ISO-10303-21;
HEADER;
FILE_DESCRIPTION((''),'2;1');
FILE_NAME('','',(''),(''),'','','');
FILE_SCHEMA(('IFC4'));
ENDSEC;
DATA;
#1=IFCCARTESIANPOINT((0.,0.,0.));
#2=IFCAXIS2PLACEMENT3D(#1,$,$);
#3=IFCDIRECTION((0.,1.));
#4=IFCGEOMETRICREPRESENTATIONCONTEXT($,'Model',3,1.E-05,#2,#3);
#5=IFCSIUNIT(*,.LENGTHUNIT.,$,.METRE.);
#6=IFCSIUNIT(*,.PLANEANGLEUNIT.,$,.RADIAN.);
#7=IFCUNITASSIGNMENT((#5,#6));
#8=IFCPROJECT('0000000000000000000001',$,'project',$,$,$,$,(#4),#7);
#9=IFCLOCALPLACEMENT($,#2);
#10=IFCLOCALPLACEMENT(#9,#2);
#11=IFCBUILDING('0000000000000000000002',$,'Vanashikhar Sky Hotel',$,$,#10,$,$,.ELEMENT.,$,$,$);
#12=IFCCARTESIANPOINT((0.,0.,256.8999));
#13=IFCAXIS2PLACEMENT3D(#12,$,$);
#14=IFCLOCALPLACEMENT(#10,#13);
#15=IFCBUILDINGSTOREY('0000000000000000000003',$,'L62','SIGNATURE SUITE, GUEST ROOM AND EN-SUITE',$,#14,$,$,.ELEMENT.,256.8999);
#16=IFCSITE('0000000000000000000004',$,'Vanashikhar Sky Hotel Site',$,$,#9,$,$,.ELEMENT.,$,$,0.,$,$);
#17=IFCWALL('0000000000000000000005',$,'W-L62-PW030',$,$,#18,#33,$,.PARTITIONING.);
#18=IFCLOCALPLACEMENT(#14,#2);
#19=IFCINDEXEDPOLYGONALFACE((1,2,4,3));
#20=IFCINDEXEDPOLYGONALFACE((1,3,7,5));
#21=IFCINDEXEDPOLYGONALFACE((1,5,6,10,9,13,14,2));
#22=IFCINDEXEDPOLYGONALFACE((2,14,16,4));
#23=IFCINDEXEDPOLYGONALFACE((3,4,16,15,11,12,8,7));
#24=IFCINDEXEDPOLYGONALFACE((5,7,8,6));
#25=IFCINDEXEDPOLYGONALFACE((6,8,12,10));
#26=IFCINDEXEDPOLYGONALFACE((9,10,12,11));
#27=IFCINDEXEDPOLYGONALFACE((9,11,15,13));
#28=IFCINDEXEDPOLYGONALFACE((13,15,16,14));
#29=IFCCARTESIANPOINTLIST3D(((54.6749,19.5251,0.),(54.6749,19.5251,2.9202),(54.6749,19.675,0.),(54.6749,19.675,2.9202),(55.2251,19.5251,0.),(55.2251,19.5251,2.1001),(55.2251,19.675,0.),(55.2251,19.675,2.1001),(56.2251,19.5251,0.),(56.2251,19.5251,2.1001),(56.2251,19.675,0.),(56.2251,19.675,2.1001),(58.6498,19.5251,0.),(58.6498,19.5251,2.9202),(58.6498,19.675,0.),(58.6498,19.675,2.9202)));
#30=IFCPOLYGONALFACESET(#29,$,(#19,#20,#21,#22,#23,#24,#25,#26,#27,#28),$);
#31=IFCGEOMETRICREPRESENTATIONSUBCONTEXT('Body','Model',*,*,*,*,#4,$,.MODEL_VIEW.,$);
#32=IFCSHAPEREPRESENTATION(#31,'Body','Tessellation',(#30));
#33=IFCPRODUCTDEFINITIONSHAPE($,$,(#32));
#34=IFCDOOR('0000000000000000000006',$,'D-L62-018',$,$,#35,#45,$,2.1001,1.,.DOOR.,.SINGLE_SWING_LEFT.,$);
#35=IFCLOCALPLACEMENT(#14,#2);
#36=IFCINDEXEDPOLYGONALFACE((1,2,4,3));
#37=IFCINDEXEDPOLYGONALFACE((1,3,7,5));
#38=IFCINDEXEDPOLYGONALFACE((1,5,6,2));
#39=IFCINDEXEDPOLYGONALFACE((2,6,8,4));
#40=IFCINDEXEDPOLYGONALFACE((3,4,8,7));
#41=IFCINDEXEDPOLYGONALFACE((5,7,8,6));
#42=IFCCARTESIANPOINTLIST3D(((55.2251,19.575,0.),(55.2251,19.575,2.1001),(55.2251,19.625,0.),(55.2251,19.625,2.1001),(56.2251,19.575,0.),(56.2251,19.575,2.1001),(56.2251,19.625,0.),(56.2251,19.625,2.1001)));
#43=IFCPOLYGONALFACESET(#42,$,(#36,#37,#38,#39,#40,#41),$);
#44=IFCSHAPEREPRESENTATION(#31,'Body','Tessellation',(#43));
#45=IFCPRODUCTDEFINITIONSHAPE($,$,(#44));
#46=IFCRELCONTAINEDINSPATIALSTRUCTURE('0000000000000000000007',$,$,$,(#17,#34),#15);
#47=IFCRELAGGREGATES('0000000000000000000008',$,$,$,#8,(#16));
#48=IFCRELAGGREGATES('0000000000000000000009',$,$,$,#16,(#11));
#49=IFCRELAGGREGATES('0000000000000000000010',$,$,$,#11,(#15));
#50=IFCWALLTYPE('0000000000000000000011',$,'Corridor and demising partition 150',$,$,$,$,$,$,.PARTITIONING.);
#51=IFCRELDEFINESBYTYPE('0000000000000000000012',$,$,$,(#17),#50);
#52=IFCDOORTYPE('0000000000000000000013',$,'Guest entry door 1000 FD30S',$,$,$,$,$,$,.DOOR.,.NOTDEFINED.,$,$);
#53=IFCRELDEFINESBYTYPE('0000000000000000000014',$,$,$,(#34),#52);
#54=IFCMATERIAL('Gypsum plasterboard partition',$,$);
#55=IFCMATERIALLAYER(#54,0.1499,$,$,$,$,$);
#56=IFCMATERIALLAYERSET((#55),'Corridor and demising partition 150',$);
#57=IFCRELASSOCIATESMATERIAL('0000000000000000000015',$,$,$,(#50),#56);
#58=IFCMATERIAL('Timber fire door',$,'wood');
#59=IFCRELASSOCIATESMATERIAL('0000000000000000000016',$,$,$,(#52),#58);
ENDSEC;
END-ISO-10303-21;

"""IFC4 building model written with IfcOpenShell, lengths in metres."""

from ifc_helpers import new_model, si_unit, direction, frame, frame_2d, origin, place, context, subcontext, project, spatial, rectangle, extrude, source, transform, mapped, material, layer, layer_set, type_object, element, fill, save


model = new_model("IFC4")

# Units and contexts
model_context = context("Model", 3, precision=1e-05, world=origin(), true_north=direction((0.0, 1.0)))
body_context = subcontext(model_context, "Body", "Model", "MODEL_VIEW")
ifc_project = project(units=[si_unit("LENGTHUNIT", "METRE"), si_unit("PLANEANGLEUNIT", "RADIAN")], contexts=[model_context])

# Site, building, storey
site_placement = place(None, origin())
site = spatial("IfcSite", under=ifc_project, at=site_placement, Name="Vanashikhar Sky Hotel Site", CompositionType="ELEMENT", RefElevation=0.0)
building_placement = place(site_placement, origin())
building = spatial("IfcBuilding", under=site, at=building_placement, Name="Vanashikhar Sky Hotel", CompositionType="ELEMENT")
storey_placement = place(building_placement, frame((0.0, 0.0, 256.8999)))
storey = spatial("IfcBuildingStorey", under=building, at=storey_placement, Name="L62", Description="SIGNATURE SUITE, GUEST ROOM AND EN-SUITE", CompositionType="ELEMENT", Elevation=256.8999)

# Shared definitions
shared_shape_1 = source(origin(), body_context, "Body", "SweptSolid", [
    extrude(rectangle(XDim=1.0, YDim=2.1001, at=frame_2d((0.5, 1.05))), frame((0.0, 0.0249, 0.0), z_axis=(0.0, -1.0, 0.0), x_axis=(1.0, 0.0, 0.0)), (0.0, 0.0, 1.0), 0.05),
])

# Wall, opening, door
ifc_material_1 = material(Name="Gypsum plasterboard partition")
ifc_layer_1 = layer(ifc_material_1, 0.1499)
ifc_layer_set_1 = layer_set([ifc_layer_1], Name="Corridor and demising partition 150")
wall_type_1 = type_object("IfcWallType", Name="Corridor and demising partition 150", PredefinedType="PARTITIONING", material=ifc_layer_set_1)
shared_shape_2 = source(origin(), body_context, "Body", "SweptSolid", [
    extrude(rectangle(XDim=3.9749, YDim=0.1499, at=frame_2d((1.9873, 0.0))), origin(), (0.0, 0.0, 1.0), 2.9202),
])
wall_1_placement = place(storey_placement, frame((54.675, 19.6001, 0.0), z_axis=(0.0, 0.0, 1.0), x_axis=(1.0, 0.0, 0.0)))
wall_1 = element("IfcWall", 1, at=wall_1_placement, inside=storey, type_object=wall_type_1, Name="W-L62-PW030", PredefinedType="PARTITIONING", context=body_context, shape_type="MappedRepresentation", body=[
    mapped(shared_shape_2, transform((0.0, 0.0, 0.0), scale=1.0)),
])
shared_shape_3 = source(origin(), body_context, "Body", "SweptSolid", [
    extrude(rectangle(XDim=1.0, YDim=2.1001, at=frame_2d((0.5, 1.05))), frame((0.0, 0.085, 0.0), z_axis=(0.0, -1.0, 0.0), x_axis=(1.0, 0.0, 0.0)), (0.0, 0.0, 1.0), 0.1699),
])
opening_1_placement = place(wall_1_placement, frame((0.55, 0.0, 0.0)))
opening_1 = element("IfcOpeningElement", 2, at=opening_1_placement, cuts=wall_1, PredefinedType="OPENING", context=body_context, shape_type="MappedRepresentation", body=[
    mapped(shared_shape_3, transform((0.0, 0.0, 0.0), scale=1.0)),
])
ifc_material_2 = material(Name="Timber fire door", Category="wood")
door_type_1 = type_object("IfcDoorType", Name="Guest entry door 1000 FD30S", OperationType="NOTDEFINED", PredefinedType="DOOR", material=ifc_material_2)
door_1_placement = place(opening_1_placement, origin())
door_1 = element("IfcDoor", 3, at=door_1_placement, inside=storey, type_object=door_type_1, Name="D-L62-018", OperationType="SINGLE_SWING_LEFT", OverallHeight=2.1001, OverallWidth=1.0, PredefinedType="DOOR", context=body_context, shape_type="MappedRepresentation", body=[
    mapped(shared_shape_1, transform((0.0, 0.0, 0.0), scale=1.0)),
])
fill(opening_1, door_1)

save(model, "model.ifc")
